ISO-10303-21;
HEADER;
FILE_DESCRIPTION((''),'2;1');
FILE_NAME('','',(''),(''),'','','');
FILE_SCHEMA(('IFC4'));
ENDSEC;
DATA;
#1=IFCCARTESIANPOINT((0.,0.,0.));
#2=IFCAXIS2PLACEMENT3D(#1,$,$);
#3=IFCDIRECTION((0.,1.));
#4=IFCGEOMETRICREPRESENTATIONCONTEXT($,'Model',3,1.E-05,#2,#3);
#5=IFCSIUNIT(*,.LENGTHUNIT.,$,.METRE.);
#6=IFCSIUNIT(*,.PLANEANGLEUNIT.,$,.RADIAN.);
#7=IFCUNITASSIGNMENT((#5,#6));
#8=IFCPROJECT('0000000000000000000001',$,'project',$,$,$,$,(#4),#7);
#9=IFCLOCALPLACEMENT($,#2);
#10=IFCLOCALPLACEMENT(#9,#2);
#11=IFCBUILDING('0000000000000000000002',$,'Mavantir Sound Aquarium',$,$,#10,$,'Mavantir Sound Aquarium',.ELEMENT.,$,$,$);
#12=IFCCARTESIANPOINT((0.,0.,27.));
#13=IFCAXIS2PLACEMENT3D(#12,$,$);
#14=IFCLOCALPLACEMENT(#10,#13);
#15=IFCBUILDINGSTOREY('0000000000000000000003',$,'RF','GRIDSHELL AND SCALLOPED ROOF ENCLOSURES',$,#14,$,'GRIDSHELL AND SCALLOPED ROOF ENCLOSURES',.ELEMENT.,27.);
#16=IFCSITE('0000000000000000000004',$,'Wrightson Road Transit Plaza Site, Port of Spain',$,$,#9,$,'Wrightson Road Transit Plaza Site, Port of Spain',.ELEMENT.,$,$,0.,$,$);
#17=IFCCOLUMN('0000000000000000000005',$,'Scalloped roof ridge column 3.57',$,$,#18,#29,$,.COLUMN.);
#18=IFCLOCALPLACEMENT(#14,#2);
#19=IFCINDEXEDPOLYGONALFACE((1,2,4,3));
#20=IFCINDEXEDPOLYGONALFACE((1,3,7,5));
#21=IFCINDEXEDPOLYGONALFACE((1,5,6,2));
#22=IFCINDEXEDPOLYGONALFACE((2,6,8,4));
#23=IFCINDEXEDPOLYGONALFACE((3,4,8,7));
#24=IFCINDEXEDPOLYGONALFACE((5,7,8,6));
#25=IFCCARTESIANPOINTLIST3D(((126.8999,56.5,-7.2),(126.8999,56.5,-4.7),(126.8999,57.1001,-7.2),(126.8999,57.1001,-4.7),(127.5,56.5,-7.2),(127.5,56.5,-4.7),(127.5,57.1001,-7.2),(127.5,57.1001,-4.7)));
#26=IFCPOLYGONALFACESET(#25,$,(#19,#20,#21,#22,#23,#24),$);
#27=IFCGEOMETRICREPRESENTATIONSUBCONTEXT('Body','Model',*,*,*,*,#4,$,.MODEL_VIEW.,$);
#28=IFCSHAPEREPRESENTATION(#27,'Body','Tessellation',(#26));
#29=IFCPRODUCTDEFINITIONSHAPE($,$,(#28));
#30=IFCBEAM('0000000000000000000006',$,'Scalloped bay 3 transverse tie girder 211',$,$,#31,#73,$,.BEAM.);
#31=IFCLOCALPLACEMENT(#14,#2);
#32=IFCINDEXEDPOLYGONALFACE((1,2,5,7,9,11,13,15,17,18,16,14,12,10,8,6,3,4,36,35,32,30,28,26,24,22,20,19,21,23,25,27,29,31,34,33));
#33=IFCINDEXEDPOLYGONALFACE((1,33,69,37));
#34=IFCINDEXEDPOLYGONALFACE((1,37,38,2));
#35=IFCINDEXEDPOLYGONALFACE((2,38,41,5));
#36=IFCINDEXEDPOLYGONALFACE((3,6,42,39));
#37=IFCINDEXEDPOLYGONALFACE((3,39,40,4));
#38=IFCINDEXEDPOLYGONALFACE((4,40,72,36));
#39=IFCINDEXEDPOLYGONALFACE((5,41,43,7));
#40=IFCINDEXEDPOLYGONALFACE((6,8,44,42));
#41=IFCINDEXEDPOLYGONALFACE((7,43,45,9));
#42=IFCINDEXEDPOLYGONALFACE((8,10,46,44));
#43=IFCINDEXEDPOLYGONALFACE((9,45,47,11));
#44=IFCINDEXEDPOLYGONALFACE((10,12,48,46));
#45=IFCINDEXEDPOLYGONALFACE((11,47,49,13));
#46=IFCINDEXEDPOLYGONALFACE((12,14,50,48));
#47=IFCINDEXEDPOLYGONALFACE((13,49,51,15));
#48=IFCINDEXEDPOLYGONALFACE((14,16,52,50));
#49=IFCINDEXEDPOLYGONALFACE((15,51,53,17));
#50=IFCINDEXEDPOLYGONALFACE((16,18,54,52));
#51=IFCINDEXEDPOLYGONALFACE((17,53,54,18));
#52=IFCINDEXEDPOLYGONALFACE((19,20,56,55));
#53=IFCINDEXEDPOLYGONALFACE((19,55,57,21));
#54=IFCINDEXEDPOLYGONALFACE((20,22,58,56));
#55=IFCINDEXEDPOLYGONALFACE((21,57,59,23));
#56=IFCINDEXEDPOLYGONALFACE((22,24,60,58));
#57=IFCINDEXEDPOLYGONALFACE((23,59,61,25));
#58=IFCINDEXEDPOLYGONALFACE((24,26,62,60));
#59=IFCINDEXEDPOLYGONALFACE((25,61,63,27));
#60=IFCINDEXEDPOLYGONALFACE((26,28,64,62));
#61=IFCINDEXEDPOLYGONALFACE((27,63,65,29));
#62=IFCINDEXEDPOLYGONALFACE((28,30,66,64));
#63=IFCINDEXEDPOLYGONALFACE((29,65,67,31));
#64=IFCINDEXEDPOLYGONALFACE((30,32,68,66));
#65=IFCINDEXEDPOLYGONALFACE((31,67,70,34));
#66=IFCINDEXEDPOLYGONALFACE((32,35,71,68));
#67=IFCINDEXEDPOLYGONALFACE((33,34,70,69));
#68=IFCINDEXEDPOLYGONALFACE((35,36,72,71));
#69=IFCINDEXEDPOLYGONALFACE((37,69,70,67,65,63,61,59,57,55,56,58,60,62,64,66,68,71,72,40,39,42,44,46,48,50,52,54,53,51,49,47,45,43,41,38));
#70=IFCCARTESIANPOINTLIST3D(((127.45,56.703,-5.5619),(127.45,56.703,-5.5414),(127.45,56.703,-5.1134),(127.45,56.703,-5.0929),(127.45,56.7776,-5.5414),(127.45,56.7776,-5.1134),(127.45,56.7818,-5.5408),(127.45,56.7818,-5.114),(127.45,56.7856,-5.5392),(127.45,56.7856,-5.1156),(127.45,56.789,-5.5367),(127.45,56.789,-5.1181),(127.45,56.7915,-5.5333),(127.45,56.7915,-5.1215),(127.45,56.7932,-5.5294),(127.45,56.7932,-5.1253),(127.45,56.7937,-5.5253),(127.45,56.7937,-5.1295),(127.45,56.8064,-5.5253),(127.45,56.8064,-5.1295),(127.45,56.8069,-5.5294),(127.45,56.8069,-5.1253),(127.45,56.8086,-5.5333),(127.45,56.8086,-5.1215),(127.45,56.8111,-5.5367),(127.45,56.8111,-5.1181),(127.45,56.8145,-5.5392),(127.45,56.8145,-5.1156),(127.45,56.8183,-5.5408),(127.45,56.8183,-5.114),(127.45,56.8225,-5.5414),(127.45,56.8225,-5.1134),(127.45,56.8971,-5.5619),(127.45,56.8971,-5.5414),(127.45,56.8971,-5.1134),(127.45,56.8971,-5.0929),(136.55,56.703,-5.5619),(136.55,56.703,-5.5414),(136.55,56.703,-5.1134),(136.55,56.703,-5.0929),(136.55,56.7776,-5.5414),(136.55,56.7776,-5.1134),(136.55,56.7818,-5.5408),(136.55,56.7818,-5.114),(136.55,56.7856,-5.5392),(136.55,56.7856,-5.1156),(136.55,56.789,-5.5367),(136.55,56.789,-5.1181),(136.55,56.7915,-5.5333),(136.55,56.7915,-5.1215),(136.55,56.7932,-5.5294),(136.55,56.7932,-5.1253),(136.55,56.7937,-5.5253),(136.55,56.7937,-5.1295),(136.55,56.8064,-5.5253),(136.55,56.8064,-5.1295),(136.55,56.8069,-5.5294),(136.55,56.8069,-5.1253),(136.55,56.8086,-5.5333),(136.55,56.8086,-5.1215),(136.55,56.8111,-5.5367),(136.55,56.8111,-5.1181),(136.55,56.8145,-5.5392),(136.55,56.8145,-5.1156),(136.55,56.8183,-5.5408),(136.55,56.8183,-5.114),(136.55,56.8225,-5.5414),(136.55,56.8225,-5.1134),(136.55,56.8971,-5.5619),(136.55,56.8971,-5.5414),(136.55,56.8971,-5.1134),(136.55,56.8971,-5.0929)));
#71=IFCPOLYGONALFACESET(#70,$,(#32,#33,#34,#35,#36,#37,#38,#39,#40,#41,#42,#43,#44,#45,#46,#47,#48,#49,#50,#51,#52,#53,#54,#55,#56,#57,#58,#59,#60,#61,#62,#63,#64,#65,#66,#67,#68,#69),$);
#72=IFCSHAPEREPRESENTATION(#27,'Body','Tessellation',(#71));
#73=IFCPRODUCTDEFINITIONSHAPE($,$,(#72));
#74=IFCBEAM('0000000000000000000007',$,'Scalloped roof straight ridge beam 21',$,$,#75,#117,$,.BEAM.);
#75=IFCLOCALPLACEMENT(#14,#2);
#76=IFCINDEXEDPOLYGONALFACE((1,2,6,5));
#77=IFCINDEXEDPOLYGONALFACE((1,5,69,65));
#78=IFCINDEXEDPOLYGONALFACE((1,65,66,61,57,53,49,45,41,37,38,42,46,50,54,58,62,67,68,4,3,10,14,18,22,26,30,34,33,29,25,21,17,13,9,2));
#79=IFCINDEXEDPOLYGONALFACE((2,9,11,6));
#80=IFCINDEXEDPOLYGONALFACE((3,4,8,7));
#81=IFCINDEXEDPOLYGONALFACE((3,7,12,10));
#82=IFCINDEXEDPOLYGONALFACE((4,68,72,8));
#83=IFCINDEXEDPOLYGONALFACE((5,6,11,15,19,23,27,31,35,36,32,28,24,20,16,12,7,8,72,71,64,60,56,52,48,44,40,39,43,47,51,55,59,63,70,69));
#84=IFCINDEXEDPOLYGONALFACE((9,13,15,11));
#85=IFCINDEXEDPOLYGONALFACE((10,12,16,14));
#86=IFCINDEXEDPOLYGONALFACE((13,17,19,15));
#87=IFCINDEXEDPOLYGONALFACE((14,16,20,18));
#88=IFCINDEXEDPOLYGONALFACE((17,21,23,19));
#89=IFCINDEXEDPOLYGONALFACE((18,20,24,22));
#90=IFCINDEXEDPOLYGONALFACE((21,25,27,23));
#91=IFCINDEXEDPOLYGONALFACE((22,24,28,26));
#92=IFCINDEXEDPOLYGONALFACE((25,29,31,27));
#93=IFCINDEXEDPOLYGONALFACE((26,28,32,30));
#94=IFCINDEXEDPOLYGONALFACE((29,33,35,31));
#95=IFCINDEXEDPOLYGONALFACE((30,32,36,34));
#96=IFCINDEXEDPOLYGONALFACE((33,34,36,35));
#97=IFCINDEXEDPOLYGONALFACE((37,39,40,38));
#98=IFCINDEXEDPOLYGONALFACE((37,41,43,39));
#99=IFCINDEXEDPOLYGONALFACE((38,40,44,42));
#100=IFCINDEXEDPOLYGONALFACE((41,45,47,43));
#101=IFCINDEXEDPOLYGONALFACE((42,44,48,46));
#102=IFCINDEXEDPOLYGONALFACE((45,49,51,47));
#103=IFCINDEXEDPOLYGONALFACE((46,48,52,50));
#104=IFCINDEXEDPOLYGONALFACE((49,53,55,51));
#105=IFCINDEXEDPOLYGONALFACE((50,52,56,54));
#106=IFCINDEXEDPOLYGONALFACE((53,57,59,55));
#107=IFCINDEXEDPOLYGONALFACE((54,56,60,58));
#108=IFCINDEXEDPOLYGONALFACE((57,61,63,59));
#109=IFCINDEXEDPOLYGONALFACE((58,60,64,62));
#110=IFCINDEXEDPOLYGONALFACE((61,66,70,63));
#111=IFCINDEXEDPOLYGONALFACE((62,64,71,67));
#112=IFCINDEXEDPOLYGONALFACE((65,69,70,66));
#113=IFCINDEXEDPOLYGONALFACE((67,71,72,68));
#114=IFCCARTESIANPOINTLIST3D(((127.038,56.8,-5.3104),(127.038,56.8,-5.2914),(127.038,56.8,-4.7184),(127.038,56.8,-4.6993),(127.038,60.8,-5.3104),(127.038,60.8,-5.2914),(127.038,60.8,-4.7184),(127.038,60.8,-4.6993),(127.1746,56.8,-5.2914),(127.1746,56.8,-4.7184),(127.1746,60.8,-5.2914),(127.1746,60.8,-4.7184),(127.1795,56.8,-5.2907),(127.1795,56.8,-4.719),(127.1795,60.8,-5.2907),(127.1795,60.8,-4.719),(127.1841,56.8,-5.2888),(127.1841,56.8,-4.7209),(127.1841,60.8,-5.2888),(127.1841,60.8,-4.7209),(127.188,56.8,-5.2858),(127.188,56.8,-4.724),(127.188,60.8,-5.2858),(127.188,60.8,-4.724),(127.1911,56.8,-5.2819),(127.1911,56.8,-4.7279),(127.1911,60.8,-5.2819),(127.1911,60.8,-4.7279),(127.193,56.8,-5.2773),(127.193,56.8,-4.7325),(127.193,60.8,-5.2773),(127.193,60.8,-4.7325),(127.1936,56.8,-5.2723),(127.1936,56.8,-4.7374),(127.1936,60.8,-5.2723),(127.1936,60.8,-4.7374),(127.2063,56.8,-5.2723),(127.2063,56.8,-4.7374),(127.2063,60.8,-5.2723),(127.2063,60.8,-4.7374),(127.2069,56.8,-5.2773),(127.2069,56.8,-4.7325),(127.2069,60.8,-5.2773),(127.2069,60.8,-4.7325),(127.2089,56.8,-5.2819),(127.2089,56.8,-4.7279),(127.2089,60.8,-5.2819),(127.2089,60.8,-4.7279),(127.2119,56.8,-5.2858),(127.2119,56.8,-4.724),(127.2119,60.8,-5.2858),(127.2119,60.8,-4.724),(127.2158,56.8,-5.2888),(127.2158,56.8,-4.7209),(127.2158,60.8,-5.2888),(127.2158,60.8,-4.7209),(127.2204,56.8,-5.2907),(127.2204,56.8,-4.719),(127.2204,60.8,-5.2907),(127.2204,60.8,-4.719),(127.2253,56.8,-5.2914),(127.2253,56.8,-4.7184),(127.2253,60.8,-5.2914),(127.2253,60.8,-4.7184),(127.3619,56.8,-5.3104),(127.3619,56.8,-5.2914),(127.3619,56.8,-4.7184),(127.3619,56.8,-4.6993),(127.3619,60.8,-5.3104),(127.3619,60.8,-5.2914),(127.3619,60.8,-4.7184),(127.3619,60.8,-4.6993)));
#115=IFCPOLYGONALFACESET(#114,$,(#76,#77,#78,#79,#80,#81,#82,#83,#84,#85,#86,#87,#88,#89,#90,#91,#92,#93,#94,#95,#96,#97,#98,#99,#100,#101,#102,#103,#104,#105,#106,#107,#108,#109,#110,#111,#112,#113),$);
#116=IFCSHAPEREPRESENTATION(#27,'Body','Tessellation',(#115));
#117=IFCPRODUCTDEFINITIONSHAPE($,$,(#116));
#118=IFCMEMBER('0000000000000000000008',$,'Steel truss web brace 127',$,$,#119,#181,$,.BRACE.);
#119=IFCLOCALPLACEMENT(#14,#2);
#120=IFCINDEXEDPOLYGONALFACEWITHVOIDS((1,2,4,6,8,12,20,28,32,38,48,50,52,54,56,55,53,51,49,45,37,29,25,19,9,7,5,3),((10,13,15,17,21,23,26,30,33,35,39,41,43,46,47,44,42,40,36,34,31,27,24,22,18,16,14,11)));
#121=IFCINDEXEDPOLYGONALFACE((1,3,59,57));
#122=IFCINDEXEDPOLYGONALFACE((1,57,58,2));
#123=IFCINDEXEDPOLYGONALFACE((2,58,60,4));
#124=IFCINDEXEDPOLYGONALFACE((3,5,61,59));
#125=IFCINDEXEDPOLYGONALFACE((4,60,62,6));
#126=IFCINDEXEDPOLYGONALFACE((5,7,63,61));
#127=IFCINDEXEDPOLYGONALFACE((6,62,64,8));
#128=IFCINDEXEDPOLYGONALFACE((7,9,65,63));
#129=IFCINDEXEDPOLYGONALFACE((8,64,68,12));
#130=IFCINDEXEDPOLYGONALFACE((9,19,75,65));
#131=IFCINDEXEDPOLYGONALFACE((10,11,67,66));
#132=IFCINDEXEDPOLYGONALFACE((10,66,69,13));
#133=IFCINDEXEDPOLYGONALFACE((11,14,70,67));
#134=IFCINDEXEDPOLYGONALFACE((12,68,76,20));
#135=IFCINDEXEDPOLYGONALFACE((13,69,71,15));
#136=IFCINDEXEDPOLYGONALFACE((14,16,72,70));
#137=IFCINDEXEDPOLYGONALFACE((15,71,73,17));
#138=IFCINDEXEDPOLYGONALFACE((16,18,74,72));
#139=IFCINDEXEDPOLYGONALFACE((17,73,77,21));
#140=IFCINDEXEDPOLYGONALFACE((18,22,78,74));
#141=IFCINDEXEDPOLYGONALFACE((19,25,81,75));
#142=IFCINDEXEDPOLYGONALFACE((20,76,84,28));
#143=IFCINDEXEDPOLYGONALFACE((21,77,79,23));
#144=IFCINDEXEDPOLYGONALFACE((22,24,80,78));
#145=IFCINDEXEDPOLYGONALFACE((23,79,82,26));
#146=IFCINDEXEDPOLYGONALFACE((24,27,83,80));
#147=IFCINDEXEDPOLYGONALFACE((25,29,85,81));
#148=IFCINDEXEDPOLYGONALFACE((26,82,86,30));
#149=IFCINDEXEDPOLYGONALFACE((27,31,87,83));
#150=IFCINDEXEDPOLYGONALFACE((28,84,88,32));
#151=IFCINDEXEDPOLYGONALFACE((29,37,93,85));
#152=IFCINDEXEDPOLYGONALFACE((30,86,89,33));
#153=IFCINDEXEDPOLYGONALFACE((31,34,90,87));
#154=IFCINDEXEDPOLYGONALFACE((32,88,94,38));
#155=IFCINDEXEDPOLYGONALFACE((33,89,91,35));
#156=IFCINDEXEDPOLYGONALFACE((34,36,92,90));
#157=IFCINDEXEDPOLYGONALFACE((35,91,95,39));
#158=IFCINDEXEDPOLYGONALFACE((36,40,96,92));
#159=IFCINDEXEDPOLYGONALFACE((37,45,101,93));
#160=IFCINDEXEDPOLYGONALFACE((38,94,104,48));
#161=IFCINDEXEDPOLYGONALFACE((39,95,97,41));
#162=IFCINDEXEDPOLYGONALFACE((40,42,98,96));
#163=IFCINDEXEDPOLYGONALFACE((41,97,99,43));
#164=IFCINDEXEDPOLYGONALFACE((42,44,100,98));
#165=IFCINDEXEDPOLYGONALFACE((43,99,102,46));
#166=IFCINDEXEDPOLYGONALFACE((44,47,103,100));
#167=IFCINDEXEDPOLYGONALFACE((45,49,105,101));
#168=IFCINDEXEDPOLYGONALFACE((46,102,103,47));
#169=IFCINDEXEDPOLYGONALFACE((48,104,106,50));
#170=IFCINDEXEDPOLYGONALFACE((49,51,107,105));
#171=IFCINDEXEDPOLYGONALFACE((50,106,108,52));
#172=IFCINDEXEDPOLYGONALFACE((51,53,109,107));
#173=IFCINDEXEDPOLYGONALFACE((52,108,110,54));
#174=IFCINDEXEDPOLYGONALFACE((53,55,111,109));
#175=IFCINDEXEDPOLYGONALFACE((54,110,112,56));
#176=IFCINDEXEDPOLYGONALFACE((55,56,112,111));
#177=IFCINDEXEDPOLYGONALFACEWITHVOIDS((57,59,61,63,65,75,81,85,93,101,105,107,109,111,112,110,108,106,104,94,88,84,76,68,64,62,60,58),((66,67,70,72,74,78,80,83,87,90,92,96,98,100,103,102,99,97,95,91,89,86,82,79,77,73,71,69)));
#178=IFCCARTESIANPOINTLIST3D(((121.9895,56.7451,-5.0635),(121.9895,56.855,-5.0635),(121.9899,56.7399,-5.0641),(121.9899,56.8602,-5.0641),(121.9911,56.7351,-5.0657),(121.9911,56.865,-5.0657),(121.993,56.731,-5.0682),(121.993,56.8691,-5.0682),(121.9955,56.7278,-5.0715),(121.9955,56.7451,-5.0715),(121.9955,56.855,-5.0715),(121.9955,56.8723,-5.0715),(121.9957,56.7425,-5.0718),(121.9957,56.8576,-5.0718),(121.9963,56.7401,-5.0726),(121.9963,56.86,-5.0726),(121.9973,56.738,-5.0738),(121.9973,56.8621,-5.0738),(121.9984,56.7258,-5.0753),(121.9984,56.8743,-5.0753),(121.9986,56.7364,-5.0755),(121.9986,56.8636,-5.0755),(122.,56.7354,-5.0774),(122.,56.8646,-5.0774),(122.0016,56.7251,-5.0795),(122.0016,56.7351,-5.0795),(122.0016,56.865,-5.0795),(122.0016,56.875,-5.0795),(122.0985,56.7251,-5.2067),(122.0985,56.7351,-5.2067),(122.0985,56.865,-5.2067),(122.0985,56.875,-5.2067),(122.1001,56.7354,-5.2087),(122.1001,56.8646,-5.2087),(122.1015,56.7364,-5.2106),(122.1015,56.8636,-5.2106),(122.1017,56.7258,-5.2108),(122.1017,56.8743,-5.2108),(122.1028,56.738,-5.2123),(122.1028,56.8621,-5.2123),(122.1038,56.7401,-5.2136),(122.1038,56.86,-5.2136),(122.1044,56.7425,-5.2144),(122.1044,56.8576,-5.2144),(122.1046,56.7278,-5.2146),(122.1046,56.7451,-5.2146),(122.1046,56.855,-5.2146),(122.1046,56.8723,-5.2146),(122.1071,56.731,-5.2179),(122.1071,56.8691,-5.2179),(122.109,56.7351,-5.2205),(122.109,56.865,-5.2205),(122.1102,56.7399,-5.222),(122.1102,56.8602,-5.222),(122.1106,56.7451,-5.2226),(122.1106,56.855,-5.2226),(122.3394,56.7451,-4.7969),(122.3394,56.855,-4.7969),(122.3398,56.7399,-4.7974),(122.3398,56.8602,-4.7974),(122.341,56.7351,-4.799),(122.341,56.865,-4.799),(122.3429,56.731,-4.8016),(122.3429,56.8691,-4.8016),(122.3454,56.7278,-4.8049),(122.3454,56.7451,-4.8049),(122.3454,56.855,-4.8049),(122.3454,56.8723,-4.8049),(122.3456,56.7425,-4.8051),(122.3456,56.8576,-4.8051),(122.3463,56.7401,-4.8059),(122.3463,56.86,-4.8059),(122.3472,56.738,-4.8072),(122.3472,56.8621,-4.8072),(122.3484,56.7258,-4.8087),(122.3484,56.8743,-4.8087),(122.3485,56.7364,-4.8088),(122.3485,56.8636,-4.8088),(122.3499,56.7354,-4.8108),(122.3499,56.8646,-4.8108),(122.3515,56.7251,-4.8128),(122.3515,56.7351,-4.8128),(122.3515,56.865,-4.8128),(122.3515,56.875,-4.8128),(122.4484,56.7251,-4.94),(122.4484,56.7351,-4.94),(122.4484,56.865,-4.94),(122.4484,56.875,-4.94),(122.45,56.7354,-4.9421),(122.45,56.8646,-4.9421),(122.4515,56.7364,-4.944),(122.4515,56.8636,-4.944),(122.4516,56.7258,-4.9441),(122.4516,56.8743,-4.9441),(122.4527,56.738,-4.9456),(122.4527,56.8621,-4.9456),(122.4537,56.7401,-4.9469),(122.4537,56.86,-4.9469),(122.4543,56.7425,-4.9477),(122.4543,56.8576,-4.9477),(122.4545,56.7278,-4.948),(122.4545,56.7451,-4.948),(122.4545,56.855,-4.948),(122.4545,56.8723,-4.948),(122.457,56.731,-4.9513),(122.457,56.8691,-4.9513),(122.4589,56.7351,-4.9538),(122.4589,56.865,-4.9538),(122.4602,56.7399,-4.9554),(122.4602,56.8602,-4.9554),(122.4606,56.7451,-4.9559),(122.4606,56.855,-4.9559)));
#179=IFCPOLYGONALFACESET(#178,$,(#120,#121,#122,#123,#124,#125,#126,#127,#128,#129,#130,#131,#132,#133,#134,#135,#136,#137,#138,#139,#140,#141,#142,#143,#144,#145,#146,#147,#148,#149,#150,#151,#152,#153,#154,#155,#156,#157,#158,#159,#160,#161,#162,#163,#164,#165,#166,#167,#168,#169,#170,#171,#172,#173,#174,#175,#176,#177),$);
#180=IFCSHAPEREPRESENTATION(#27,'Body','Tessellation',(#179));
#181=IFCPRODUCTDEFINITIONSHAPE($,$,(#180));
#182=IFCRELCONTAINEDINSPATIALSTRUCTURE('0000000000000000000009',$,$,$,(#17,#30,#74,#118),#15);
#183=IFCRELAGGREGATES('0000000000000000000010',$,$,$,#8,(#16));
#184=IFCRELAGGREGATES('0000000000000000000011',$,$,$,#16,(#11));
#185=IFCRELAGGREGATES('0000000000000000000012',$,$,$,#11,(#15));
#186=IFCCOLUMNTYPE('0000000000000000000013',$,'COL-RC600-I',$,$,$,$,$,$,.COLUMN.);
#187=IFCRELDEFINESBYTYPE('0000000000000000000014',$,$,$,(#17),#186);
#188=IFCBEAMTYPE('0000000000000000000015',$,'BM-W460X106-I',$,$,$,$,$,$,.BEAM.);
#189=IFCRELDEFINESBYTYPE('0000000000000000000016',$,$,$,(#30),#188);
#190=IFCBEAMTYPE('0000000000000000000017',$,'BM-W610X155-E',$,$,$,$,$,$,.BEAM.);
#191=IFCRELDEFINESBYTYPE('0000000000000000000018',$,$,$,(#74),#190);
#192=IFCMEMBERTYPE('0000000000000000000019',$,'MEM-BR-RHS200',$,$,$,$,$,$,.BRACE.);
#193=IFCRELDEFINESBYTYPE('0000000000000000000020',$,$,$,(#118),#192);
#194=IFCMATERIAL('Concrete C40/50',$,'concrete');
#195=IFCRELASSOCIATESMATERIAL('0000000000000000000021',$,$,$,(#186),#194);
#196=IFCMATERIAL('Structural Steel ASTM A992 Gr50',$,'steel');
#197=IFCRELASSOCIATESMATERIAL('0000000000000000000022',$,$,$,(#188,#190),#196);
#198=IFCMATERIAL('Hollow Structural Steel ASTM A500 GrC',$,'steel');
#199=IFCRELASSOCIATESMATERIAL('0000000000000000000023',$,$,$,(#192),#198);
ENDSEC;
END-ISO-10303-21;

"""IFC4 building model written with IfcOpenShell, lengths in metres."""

from ifc_helpers import new_model, si_unit, direction, frame, origin, origin_2d, place, context, subcontext, project, spatial, rectangle, hollow_rectangle, i_section, extrude, material, material_profile, profile_set, type_object, element, save


model = new_model("IFC4")

# Units and contexts
model_context = context("Model", 3, precision=1e-05, world=origin(), true_north=direction((0.0, 1.0)))
body_context = subcontext(model_context, "Body", "Model", "MODEL_VIEW")
ifc_project = project(units=[si_unit("LENGTHUNIT", "METRE"), si_unit("PLANEANGLEUNIT", "RADIAN")], contexts=[model_context])

# Site, building, storey
site_placement = place(None, origin())
site = spatial("IfcSite", under=ifc_project, at=site_placement, Name="Wrightson Road Transit Plaza Site, Port of Spain", LongName="Wrightson Road Transit Plaza Site, Port of Spain", CompositionType="ELEMENT", RefElevation=0.0)
building_placement = place(site_placement, origin())
building = spatial("IfcBuilding", under=site, at=building_placement, Name="Mavantir Sound Aquarium", LongName="Mavantir Sound Aquarium", CompositionType="ELEMENT")
storey_placement = place(building_placement, frame((0.0, 0.0, 27.0)))
storey = spatial("IfcBuildingStorey", under=building, at=storey_placement, Name="RF", Description="GRIDSHELL AND SCALLOPED ROOF ENCLOSURES", LongName="GRIDSHELL AND SCALLOPED ROOF ENCLOSURES", CompositionType="ELEMENT", Elevation=27.0)

# Column
ifc_material_1 = material(Name="Concrete C40/50", Category="concrete")
ifc_material_profile_1 = material_profile(ifc_material_1, rectangle(XDim=0.6001, YDim=0.6001, at=origin_2d()), Name="RC 600X600")
ifc_profile_set_1 = profile_set([ifc_material_profile_1], Name="Concrete C40/50")
column_type = type_object("IfcColumnType", Name="COL-RC600-I", PredefinedType="COLUMN", material=ifc_profile_set_1)
column_placement = place(storey_placement, frame((127.2, 56.8, -7.2), z_axis=(0.0, 0.0, 1.0), x_axis=(1.0, 0.0, 0.0)))
element("IfcColumn", 1, at=column_placement, inside=storey, type_object=column_type, Name="Scalloped roof ridge column 3.57", PredefinedType="COLUMN", context=body_context, shape_type="SweptSolid", body=[
    extrude(rectangle(XDim=0.6001, YDim=0.6001, at=origin_2d()), origin(), (0.0, 0.0, 1.0), 2.5),
])

# Beams
ifc_material_2 = material(Name="Structural Steel ASTM A992 Gr50", Category="steel")
ifc_material_profile_2 = material_profile(ifc_material_2, i_section(OverallWidth=0.1941, OverallDepth=0.469, WebThickness=0.0127, FlangeThickness=0.0205, FilletRadius=0.0161, at=origin_2d()), Name="W460X106")
ifc_profile_set_2 = profile_set([ifc_material_profile_2], Name="Structural Steel ASTM A992 Gr50")
beam_type_1 = type_object("IfcBeamType", Name="BM-W460X106-I", PredefinedType="BEAM", material=ifc_profile_set_2)
beam_1_placement = place(storey_placement, frame((127.45, 56.8, -5.3274), z_axis=(1.0, 0.0, 0.0), x_axis=(0.0, 1.0, 0.0)))
element("IfcBeam", 2, at=beam_1_placement, inside=storey, type_object=beam_type_1, Name="Scalloped bay 3 transverse tie girder 211", PredefinedType="BEAM", context=body_context, shape_type="SweptSolid", body=[
    extrude(i_section(OverallWidth=0.1941, OverallDepth=0.469, WebThickness=0.0127, FlangeThickness=0.0205, FilletRadius=0.0161, at=origin_2d()), origin(), (0.0, 0.0, 1.0), 9.1001),
])
ifc_material_profile_3 = material_profile(ifc_material_2, i_section(OverallWidth=0.324, OverallDepth=0.6111, WebThickness=0.0127, FlangeThickness=0.019, FilletRadius=0.019, at=origin_2d()), Name="W610X155")
ifc_profile_set_3 = profile_set([ifc_material_profile_3], Name="Structural Steel ASTM A992 Gr50")
beam_type_2 = type_object("IfcBeamType", Name="BM-W610X155-E", PredefinedType="BEAM", material=ifc_profile_set_3)
beam_2_placement = place(storey_placement, frame((127.2, 56.8, -5.0049), z_axis=(0.0, 1.0, 0.0), x_axis=(-1.0, 0.0, 0.0)))
element("IfcBeam", 3, at=beam_2_placement, inside=storey, type_object=beam_type_2, Name="Scalloped roof straight ridge beam 21", PredefinedType="BEAM", context=body_context, shape_type="SweptSolid", body=[
    extrude(i_section(OverallWidth=0.324, OverallDepth=0.6111, WebThickness=0.0127, FlangeThickness=0.019, FilletRadius=0.019, at=origin_2d()), origin(), (0.0, 0.0, 1.0), 4.0),
])

# Member
ifc_material_3 = material(Name="Hollow Structural Steel ASTM A500 GrC", Category="steel")
ifc_material_profile_4 = material_profile(ifc_material_3, hollow_rectangle(XDim=0.1499, YDim=0.2, WallThickness=0.01, InnerFilletRadius=0.01, OuterFilletRadius=0.02, at=origin_2d()), Name="RHS 200X150X10")
ifc_profile_set_4 = profile_set([ifc_material_profile_4], Name="Hollow Structural Steel ASTM A500 GrC")
member_type_1 = type_object("IfcMemberType", Name="MEM-BR-RHS200", PredefinedType="BRACE", material=ifc_profile_set_4)
member_1_placement = place(storey_placement, frame((122.05, 56.8, -5.1431), z_axis=(0.795381, 0.0, 0.60611), x_axis=(0.0, 1.0, 0.0)))
element("IfcMember", 4, at=member_1_placement, inside=storey, type_object=member_type_1, Name="Steel truss web brace 127", PredefinedType="BRACE", context=body_context, shape_type="SweptSolid", body=[
    extrude(hollow_rectangle(XDim=0.1499, YDim=0.2, WallThickness=0.01, InnerFilletRadius=0.01, OuterFilletRadius=0.02, at=origin_2d()), origin(), (0.0, 0.0, 1.0), 0.4399),
])

save(model, "model.ifc")
